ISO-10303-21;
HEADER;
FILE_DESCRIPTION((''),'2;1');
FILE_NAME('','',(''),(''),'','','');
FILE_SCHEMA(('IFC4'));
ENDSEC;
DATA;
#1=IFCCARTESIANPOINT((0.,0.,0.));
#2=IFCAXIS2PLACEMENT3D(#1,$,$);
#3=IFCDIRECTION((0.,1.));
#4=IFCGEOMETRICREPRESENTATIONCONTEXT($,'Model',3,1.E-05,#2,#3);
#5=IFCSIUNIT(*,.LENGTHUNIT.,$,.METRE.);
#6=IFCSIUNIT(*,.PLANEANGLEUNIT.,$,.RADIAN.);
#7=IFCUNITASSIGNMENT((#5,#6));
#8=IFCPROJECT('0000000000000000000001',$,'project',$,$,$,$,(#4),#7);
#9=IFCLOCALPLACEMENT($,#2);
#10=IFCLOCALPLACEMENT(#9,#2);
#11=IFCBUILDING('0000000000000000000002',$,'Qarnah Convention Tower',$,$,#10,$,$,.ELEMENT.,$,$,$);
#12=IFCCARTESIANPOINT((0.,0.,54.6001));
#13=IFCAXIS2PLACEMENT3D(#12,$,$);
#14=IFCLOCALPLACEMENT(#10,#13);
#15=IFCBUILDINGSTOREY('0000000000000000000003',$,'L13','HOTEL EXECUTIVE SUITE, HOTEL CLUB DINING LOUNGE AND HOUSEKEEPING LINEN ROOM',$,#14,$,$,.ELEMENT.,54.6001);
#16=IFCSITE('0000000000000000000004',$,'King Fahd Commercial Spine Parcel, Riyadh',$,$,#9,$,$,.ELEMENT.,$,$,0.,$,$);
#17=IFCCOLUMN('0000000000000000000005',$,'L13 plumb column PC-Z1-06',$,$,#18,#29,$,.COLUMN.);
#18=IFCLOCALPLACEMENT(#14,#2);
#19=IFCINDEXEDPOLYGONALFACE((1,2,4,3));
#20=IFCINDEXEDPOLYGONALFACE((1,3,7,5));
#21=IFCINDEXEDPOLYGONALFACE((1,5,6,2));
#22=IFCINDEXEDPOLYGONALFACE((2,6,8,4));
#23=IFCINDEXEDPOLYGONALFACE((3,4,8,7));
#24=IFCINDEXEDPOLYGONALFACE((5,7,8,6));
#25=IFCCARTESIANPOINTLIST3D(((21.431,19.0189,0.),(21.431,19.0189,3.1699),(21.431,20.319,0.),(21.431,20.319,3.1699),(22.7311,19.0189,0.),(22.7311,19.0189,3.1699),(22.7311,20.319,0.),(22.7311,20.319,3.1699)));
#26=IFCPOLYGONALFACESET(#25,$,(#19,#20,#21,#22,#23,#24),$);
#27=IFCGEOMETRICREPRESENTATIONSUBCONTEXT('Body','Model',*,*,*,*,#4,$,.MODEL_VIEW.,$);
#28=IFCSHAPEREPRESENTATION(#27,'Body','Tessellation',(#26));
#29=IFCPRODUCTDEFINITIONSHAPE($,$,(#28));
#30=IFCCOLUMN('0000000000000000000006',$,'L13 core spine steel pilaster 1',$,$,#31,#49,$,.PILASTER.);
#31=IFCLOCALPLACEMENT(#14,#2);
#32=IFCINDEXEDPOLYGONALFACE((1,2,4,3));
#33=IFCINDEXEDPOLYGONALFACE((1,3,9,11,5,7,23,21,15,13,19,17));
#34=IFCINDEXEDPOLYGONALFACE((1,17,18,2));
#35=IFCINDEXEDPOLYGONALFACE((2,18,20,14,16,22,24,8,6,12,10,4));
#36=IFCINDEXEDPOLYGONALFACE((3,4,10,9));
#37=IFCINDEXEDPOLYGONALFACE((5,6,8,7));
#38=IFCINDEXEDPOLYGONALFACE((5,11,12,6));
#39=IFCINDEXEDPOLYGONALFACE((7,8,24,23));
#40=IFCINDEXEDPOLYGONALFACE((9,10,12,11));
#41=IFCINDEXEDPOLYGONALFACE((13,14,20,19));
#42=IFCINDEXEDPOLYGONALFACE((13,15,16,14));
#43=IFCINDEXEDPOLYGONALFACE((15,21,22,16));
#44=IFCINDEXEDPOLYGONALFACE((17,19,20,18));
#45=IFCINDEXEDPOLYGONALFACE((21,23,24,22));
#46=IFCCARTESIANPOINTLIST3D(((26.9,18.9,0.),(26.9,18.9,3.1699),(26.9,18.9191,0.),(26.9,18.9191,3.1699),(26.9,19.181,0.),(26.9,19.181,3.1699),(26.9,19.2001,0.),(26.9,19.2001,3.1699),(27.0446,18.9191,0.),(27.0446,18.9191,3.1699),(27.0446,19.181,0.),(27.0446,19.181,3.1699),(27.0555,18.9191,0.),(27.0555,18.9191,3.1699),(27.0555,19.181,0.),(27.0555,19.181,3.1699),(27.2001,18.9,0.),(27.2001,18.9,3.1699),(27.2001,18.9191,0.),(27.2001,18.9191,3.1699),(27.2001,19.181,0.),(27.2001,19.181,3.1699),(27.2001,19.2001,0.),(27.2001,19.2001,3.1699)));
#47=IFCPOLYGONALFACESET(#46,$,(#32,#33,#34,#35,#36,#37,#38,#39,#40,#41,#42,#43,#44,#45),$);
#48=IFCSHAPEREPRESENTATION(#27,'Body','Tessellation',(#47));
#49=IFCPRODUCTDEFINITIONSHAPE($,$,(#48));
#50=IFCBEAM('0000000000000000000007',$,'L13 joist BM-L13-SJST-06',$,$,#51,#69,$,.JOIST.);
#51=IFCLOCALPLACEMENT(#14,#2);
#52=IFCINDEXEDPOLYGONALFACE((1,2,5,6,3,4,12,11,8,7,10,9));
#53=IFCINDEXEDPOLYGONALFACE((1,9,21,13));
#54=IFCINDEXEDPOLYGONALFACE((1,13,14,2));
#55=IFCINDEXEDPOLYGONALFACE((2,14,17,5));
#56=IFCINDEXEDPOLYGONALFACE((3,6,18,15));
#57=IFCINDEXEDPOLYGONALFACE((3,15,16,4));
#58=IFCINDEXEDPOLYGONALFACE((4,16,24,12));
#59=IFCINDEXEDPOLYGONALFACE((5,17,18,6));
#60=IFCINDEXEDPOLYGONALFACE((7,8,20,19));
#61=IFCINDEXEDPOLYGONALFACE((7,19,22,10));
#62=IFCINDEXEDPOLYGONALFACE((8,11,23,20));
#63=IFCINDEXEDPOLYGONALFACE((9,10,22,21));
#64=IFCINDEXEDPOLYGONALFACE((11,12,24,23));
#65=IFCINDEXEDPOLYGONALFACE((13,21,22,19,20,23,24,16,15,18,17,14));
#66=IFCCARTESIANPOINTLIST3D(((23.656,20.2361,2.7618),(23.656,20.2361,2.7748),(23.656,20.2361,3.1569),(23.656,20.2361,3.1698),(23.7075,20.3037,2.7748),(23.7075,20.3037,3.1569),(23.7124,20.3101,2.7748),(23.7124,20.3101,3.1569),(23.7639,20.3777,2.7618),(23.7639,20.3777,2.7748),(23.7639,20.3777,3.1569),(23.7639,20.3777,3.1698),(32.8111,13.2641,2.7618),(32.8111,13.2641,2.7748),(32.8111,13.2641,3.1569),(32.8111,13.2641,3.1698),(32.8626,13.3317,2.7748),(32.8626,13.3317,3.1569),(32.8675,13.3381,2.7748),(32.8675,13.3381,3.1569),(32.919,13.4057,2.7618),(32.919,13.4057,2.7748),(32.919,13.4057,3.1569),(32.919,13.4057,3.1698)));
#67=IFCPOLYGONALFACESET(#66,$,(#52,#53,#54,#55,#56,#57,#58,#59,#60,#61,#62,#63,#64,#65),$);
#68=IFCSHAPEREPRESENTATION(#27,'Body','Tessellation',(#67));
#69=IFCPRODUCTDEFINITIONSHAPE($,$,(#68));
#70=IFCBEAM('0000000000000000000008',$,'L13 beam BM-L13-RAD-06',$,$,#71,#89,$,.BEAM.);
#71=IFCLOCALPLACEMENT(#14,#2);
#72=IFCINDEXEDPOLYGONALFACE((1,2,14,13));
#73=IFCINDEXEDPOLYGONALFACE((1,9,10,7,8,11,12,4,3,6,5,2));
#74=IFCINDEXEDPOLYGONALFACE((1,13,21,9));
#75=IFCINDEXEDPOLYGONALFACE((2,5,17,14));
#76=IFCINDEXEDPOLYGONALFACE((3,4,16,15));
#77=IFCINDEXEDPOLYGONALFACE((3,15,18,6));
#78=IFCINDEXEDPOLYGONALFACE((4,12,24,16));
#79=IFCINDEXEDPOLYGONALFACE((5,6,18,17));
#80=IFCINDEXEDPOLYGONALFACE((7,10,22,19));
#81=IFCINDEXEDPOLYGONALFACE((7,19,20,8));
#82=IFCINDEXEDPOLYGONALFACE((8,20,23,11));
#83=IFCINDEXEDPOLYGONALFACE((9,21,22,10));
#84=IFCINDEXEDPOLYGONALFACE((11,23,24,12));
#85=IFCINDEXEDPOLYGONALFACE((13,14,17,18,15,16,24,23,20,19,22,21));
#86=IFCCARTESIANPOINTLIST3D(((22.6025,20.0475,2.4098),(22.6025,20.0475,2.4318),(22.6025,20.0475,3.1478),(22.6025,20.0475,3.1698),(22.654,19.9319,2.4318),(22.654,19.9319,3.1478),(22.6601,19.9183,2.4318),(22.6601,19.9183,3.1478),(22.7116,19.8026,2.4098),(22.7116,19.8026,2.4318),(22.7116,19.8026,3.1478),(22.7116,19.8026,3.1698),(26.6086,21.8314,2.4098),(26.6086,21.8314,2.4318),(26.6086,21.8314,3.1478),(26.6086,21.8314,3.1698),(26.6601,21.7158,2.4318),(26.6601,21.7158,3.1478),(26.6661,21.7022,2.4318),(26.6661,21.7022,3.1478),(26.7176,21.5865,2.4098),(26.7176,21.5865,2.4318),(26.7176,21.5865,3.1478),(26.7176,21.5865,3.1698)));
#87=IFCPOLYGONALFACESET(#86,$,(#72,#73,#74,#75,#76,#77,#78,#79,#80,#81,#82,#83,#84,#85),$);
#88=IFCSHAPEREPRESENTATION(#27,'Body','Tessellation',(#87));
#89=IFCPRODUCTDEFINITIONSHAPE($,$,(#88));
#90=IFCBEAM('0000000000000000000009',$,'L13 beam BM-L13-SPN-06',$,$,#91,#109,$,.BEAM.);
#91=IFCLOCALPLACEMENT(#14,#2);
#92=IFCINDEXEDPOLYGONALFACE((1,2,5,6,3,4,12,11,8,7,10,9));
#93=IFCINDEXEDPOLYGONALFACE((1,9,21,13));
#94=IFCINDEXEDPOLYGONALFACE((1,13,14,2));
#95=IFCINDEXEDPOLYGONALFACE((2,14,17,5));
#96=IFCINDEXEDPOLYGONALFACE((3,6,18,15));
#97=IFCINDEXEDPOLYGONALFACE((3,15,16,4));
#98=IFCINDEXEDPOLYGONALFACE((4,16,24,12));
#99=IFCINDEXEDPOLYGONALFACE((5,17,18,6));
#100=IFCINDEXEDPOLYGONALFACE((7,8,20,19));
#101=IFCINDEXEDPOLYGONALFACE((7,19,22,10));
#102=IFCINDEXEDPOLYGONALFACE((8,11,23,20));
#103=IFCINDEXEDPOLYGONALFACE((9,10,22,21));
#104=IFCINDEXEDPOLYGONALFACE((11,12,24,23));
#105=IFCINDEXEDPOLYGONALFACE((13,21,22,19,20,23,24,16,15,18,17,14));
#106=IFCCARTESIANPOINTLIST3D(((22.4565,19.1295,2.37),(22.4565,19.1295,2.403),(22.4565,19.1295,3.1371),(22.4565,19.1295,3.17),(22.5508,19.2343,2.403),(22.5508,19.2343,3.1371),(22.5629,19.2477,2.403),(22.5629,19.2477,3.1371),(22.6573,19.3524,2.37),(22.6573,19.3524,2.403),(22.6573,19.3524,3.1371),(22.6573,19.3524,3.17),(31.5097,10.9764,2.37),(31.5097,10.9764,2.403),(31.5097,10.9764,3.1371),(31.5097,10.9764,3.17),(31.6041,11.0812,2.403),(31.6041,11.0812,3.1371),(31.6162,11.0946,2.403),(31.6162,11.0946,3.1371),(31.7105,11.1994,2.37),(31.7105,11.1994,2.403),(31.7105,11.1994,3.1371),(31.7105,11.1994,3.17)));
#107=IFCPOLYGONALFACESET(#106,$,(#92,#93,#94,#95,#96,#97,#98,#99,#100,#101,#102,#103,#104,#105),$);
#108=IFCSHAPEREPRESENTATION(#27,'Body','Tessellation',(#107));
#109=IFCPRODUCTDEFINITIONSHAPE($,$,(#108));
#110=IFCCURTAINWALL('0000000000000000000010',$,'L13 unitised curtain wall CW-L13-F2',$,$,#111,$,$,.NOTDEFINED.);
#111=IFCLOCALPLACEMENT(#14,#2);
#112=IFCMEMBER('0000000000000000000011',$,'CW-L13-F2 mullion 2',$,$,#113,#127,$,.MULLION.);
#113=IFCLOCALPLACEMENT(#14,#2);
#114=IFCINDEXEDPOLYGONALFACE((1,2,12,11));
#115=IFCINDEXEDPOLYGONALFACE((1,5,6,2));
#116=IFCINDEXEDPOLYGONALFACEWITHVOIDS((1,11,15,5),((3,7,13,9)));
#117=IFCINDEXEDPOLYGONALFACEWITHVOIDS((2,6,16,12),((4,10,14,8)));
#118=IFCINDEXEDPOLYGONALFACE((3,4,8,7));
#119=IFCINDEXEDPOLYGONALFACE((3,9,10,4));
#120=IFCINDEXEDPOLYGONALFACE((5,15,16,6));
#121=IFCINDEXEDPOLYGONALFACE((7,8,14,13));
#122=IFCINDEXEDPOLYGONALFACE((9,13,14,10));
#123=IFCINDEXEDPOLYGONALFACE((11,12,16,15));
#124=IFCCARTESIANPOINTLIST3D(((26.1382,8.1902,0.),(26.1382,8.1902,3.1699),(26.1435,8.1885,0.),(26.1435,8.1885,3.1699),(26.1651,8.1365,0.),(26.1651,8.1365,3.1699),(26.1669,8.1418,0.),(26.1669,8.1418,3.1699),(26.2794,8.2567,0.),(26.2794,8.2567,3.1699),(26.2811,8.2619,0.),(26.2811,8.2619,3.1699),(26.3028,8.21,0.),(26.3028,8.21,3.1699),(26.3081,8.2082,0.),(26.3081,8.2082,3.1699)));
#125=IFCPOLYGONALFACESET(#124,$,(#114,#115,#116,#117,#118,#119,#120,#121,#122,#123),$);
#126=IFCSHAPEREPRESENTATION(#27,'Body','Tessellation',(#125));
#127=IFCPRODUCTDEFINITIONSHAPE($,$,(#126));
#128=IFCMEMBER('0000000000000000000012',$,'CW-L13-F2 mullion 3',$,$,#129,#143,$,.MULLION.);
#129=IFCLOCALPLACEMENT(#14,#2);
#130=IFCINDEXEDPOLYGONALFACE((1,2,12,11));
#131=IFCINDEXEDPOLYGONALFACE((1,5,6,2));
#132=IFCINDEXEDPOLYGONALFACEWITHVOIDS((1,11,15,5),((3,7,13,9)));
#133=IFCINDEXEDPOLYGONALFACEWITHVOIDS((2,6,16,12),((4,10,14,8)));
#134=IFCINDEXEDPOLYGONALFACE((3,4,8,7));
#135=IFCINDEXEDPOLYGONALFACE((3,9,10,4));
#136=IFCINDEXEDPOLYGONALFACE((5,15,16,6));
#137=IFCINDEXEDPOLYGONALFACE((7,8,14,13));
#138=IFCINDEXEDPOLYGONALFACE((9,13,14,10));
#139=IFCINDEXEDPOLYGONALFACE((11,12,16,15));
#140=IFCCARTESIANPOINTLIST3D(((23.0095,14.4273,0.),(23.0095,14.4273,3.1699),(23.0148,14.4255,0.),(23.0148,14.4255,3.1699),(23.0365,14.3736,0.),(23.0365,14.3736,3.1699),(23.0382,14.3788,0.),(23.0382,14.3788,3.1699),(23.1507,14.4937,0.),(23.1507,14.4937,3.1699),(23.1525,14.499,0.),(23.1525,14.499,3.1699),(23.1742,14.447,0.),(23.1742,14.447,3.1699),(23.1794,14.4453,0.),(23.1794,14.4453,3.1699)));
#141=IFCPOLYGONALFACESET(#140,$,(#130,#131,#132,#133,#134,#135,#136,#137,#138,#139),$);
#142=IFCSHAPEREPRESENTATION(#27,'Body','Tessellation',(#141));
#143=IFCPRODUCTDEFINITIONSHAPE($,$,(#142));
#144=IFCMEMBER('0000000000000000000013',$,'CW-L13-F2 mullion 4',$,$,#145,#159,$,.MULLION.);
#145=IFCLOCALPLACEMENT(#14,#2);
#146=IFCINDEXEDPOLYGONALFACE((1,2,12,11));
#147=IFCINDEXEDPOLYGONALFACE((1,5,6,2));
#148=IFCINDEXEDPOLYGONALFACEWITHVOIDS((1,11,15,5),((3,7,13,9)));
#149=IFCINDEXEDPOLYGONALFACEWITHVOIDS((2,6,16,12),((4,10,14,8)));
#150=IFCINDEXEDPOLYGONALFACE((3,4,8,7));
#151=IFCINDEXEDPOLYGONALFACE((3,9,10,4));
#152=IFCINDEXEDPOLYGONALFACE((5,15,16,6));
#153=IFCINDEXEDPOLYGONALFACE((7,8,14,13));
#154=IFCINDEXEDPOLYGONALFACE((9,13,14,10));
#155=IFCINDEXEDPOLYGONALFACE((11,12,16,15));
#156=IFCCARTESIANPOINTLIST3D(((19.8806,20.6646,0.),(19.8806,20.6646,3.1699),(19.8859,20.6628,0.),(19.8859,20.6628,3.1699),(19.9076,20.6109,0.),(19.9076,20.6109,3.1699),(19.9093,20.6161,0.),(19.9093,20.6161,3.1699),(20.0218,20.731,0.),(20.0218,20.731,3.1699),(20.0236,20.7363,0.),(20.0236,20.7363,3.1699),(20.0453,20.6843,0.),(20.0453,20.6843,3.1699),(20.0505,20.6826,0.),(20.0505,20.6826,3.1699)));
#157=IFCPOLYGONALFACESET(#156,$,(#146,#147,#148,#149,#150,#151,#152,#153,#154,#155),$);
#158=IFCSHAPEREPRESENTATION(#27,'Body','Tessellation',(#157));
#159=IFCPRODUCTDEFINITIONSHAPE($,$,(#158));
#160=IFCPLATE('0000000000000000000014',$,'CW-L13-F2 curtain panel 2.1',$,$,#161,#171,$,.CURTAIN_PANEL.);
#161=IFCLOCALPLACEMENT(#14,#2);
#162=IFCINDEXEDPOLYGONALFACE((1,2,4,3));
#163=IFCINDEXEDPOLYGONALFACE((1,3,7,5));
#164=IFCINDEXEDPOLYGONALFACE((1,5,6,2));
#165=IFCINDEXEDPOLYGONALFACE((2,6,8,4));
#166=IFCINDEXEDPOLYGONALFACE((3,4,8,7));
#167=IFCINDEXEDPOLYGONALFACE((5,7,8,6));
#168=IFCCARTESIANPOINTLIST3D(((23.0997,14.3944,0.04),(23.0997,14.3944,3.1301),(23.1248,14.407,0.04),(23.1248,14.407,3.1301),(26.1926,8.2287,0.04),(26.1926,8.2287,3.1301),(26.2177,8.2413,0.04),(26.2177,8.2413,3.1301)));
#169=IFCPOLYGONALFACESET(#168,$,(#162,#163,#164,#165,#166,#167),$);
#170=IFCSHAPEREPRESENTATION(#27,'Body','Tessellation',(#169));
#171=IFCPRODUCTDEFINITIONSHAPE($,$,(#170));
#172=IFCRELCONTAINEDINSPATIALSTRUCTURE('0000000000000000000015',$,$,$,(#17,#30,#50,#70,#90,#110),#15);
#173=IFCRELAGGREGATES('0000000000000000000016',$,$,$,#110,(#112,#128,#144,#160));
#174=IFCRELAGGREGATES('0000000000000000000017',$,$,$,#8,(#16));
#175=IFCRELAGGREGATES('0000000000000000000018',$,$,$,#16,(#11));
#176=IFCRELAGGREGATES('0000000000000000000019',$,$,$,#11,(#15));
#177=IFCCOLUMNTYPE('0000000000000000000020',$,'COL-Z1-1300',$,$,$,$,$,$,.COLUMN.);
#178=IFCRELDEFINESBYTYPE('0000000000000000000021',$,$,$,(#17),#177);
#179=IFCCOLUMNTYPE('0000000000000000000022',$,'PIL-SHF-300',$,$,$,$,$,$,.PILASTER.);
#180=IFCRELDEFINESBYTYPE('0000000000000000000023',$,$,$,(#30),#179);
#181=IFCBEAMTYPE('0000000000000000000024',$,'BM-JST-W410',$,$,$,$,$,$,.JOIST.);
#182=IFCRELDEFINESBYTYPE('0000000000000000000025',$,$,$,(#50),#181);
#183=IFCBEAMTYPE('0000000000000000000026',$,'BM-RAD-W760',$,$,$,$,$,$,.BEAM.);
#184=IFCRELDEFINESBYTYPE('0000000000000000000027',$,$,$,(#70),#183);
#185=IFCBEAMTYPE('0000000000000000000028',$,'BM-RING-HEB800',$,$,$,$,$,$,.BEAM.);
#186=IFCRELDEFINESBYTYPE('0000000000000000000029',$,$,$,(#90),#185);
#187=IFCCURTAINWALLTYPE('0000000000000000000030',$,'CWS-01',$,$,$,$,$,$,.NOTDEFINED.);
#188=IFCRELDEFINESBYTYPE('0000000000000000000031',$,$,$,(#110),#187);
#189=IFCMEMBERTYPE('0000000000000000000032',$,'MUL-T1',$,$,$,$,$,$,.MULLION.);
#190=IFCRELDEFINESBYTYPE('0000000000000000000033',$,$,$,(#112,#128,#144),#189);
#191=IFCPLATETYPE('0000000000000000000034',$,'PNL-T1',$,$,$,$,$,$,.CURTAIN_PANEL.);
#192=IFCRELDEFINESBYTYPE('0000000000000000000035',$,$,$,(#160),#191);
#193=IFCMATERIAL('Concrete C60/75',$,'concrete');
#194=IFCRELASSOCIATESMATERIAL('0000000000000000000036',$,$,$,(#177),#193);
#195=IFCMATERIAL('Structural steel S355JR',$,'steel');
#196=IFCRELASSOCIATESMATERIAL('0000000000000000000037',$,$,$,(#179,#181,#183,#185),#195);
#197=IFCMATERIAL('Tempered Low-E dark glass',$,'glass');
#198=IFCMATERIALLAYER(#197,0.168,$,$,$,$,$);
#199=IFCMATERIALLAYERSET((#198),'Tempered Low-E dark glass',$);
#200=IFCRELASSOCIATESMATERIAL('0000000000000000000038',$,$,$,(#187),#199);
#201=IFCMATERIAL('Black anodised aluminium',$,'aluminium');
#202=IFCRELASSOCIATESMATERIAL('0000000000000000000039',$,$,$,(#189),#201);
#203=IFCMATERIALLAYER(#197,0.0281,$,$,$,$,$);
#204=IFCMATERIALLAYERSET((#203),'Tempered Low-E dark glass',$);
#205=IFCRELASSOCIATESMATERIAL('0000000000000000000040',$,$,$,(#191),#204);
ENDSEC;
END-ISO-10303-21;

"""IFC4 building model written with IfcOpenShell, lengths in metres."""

from ifc_helpers import new_model, si_unit, direction, frame, origin, origin_2d, place, context, subcontext, project, spatial, rectangle, hollow_rectangle, i_section, extrude, material, layer, layer_set, material_profile, profile_set, type_object, element, aggregate, save


model = new_model("IFC4")

# Units and contexts
model_context = context("Model", 3, precision=1e-05, world=origin(), true_north=direction((0.0, 1.0)))
body_context = subcontext(model_context, "Body", "Model", "MODEL_VIEW")
ifc_project = project(units=[si_unit("LENGTHUNIT", "METRE"), si_unit("PLANEANGLEUNIT", "RADIAN")], contexts=[model_context])

# Site, building, storey
site_placement = place(None, origin())
site = spatial("IfcSite", under=ifc_project, at=site_placement, Name="King Fahd Commercial Spine Parcel, Riyadh", CompositionType="ELEMENT", RefElevation=0.0)
building_placement = place(site_placement, origin())
building = spatial("IfcBuilding", under=site, at=building_placement, Name="Qarnah Convention Tower", CompositionType="ELEMENT")
storey_placement = place(building_placement, frame((0.0, 0.0, 54.6001)))
storey = spatial("IfcBuildingStorey", under=building, at=storey_placement, Name="L13", Description="HOTEL EXECUTIVE SUITE, HOTEL CLUB DINING LOUNGE AND HOUSEKEEPING LINEN ROOM", CompositionType="ELEMENT", Elevation=54.6001)

# Columns
ifc_material_1 = material(Name="Concrete C60/75", Category="concrete")
ifc_material_profile_1 = material_profile(ifc_material_1, rectangle(XDim=1.3, YDim=1.3, at=origin_2d()), Name="RC-COL-1300X1300")
ifc_profile_set_1 = profile_set([ifc_material_profile_1], Name="Concrete C60/75")
column_type_1 = type_object("IfcColumnType", Name="COL-Z1-1300", PredefinedType="COLUMN", material=ifc_profile_set_1)
column_1_placement = place(storey_placement, frame((22.0811, 19.6689, 0.0), z_axis=(0.0, 0.0, 1.0), x_axis=(1.0, 0.0, 0.0)))
element("IfcColumn", 1, at=column_1_placement, inside=storey, type_object=column_type_1, Name="L13 plumb column PC-Z1-06", PredefinedType="COLUMN", context=body_context, shape_type="SweptSolid", body=[
    extrude(rectangle(XDim=1.3, YDim=1.3, at=origin_2d()), origin(), (0.0, 0.0, 1.0), 3.1699),
])
ifc_material_2 = material(Name="Structural steel S355JR", Category="steel")
ifc_material_profile_2 = material_profile(ifc_material_2, i_section(OverallWidth=0.3, OverallDepth=0.3, WebThickness=0.011, FlangeThickness=0.019, at=origin_2d()), Name="HEB300")
ifc_profile_set_2 = profile_set([ifc_material_profile_2], Name="Structural steel S355JR")
column_type_2 = type_object("IfcColumnType", Name="PIL-SHF-300", PredefinedType="PILASTER", material=ifc_profile_set_2)
column_2_placement = place(storey_placement, frame((27.05, 19.05, 0.0), z_axis=(0.0, 0.0, 1.0), x_axis=(1.0, 0.0, 0.0)))
element("IfcColumn", 2, at=column_2_placement, inside=storey, type_object=column_type_2, Name="L13 core spine steel pilaster 1", PredefinedType="PILASTER", context=body_context, shape_type="SweptSolid", body=[
    extrude(i_section(OverallWidth=0.3, OverallDepth=0.3, WebThickness=0.011, FlangeThickness=0.019, at=origin_2d()), origin(), (0.0, 0.0, 1.0), 3.1699),
])

# Beams
ifc_material_profile_3 = material_profile(ifc_material_2, i_section(OverallWidth=0.178, OverallDepth=0.408, WebThickness=0.0081, FlangeThickness=0.0129, at=origin_2d()), Name="W410X60")
ifc_profile_set_3 = profile_set([ifc_material_profile_3], Name="Structural steel S355JR")
beam_type_1 = type_object("IfcBeamType", Name="BM-JST-W410", PredefinedType="JOIST", material=ifc_profile_set_3)
beam_1_placement = place(storey_placement, frame((23.71, 20.3069, 2.9658), z_axis=(0.795571, -0.60586, 0.0), x_axis=(0.60586, 0.795571, 0.0)))
element("IfcBeam", 3, at=beam_1_placement, inside=storey, type_object=beam_type_1, Name="L13 joist BM-L13-SJST-06", PredefinedType="JOIST", context=body_context, shape_type="SweptSolid", body=[
    extrude(i_section(OverallWidth=0.178, OverallDepth=0.408, WebThickness=0.0081, FlangeThickness=0.0129, at=origin_2d()), origin(), (0.0, 0.0, 1.0), 11.5076),
])
ifc_material_profile_4 = material_profile(ifc_material_2, i_section(OverallWidth=0.2681, OverallDepth=0.76, WebThickness=0.0149, FlangeThickness=0.022, at=origin_2d()), Name="W760X185")
ifc_profile_set_4 = profile_set([ifc_material_profile_4], Name="Structural steel S355JR")
beam_type_2 = type_object("IfcBeamType", Name="BM-RAD-W760", PredefinedType="BEAM", material=ifc_profile_set_4)
beam_2_placement = place(storey_placement, frame((26.6631, 21.709, 2.7898), z_axis=(-0.91352, -0.406794, 0.0), x_axis=(0.406794, -0.91352, 0.0)))
element("IfcBeam", 4, at=beam_2_placement, inside=storey, type_object=beam_type_2, Name="L13 beam BM-L13-RAD-06", PredefinedType="BEAM", context=body_context, shape_type="SweptSolid", body=[
    extrude(i_section(OverallWidth=0.2681, OverallDepth=0.76, WebThickness=0.0149, FlangeThickness=0.022, at=origin_2d()), origin(), (0.0, 0.0, 1.0), 4.3853),
])
ifc_material_profile_5 = material_profile(ifc_material_2, i_section(OverallWidth=0.3, OverallDepth=0.8, WebThickness=0.0181, FlangeThickness=0.033, at=origin_2d()), Name="HEB800")
ifc_profile_set_5 = profile_set([ifc_material_profile_5], Name="Structural steel S355JR")
beam_type_3 = type_object("IfcBeamType", Name="BM-RING-HEB800", PredefinedType="BEAM", material=ifc_profile_set_5)
beam_3_placement = place(storey_placement, frame((22.5569, 19.241, 2.77), z_axis=(0.743083, -0.669199, 0.0), x_axis=(0.669199, 0.743083, 0.0)))
element("IfcBeam", 5, at=beam_3_placement, inside=storey, type_object=beam_type_3, Name="L13 beam BM-L13-SPN-06", PredefinedType="BEAM", context=body_context, shape_type="SweptSolid", body=[
    extrude(i_section(OverallWidth=0.3, OverallDepth=0.8, WebThickness=0.0181, FlangeThickness=0.033, at=origin_2d()), origin(), (0.0, 0.0, 1.0), 12.1833),
])

# Curtain wall, members, plate
ifc_material_3 = material(Name="Tempered Low-E dark glass", Category="glass")
ifc_layer_1 = layer(ifc_material_3, 0.168)
ifc_layer_set_1 = layer_set([ifc_layer_1], Name="Tempered Low-E dark glass")
curtain_wall_type = type_object("IfcCurtainWallType", Name="CWS-01", PredefinedType="NOTDEFINED", material=ifc_layer_set_1)
curtain_wall_placement = place(storey_placement, origin())
curtain_wall = element("IfcCurtainWall", 6, at=curtain_wall_placement, inside=storey, type_object=curtain_wall_type, Name="L13 unitised curtain wall CW-L13-F2", PredefinedType="NOTDEFINED")
ifc_material_4 = material(Name="Black anodised aluminium", Category="aluminium")
ifc_material_profile_6 = material_profile(ifc_material_4, hollow_rectangle(XDim=0.0601, YDim=0.1599, WallThickness=0.0039, at=origin_2d()), Name="MUL-60X160")
ifc_profile_set_6 = profile_set([ifc_material_profile_6], Name="Black anodised aluminium")
member_type = type_object("IfcMemberType", Name="MUL-T1", PredefinedType="MULLION", material=ifc_profile_set_6)
member_1_placement = place(storey_placement, frame((26.2231, 8.1992, 0.0), z_axis=(0.0, 0.0, 1.0), x_axis=(-0.448383, 0.893842, 0.0)))
member_1 = element("IfcMember", 7, at=member_1_placement, type_object=member_type, Name="CW-L13-F2 mullion 2", PredefinedType="MULLION", context=body_context, shape_type="SweptSolid", body=[
    extrude(hollow_rectangle(XDim=0.0601, YDim=0.1599, WallThickness=0.0039, at=origin_2d()), origin(), (0.0, 0.0, 1.0), 3.1699),
])
member_2_placement = place(storey_placement, frame((23.0945, 14.4363, 0.0), z_axis=(0.0, 0.0, 1.0), x_axis=(-0.448383, 0.893842, 0.0)))
member_2 = element("IfcMember", 8, at=member_2_placement, type_object=member_type, Name="CW-L13-F2 mullion 3", PredefinedType="MULLION", context=body_context, shape_type="SweptSolid", body=[
    extrude(hollow_rectangle(XDim=0.0601, YDim=0.1599, WallThickness=0.0039, at=origin_2d()), origin(), (0.0, 0.0, 1.0), 3.1699),
])
member_3_placement = place(storey_placement, frame((19.9656, 20.6736, 0.0), z_axis=(0.0, 0.0, 1.0), x_axis=(-0.448383, 0.893842, 0.0)))
member_3 = element("IfcMember", 9, at=member_3_placement, type_object=member_type, Name="CW-L13-F2 mullion 4", PredefinedType="MULLION", context=body_context, shape_type="SweptSolid", body=[
    extrude(hollow_rectangle(XDim=0.0601, YDim=0.1599, WallThickness=0.0039, at=origin_2d()), origin(), (0.0, 0.0, 1.0), 3.1699),
])
ifc_layer_2 = layer(ifc_material_3, 0.0281)
ifc_layer_set_2 = layer_set([ifc_layer_2], Name="Tempered Low-E dark glass")
plate_type = type_object("IfcPlateType", Name="PNL-T1", PredefinedType="CURTAIN_PANEL", material=ifc_layer_set_2)
plate_1_placement = place(storey_placement, frame((24.6587, 11.3179, 0.04), z_axis=(0.0, 0.0, 1.0), x_axis=(-0.448383, 0.893842, 0.0)))
plate_1 = element("IfcPlate", 10, at=plate_1_placement, type_object=plate_type, Name="CW-L13-F2 curtain panel 2.1", PredefinedType="CURTAIN_PANEL", context=body_context, shape_type="SweptSolid", body=[
    extrude(rectangle(XDim=6.8979, YDim=0.0281, at=origin_2d()), origin(), (0.0, 0.0, 1.0), 3.0901),
])
aggregate(curtain_wall, [member_1, member_2, member_3, plate_1])

save(model, "model.ifc")
